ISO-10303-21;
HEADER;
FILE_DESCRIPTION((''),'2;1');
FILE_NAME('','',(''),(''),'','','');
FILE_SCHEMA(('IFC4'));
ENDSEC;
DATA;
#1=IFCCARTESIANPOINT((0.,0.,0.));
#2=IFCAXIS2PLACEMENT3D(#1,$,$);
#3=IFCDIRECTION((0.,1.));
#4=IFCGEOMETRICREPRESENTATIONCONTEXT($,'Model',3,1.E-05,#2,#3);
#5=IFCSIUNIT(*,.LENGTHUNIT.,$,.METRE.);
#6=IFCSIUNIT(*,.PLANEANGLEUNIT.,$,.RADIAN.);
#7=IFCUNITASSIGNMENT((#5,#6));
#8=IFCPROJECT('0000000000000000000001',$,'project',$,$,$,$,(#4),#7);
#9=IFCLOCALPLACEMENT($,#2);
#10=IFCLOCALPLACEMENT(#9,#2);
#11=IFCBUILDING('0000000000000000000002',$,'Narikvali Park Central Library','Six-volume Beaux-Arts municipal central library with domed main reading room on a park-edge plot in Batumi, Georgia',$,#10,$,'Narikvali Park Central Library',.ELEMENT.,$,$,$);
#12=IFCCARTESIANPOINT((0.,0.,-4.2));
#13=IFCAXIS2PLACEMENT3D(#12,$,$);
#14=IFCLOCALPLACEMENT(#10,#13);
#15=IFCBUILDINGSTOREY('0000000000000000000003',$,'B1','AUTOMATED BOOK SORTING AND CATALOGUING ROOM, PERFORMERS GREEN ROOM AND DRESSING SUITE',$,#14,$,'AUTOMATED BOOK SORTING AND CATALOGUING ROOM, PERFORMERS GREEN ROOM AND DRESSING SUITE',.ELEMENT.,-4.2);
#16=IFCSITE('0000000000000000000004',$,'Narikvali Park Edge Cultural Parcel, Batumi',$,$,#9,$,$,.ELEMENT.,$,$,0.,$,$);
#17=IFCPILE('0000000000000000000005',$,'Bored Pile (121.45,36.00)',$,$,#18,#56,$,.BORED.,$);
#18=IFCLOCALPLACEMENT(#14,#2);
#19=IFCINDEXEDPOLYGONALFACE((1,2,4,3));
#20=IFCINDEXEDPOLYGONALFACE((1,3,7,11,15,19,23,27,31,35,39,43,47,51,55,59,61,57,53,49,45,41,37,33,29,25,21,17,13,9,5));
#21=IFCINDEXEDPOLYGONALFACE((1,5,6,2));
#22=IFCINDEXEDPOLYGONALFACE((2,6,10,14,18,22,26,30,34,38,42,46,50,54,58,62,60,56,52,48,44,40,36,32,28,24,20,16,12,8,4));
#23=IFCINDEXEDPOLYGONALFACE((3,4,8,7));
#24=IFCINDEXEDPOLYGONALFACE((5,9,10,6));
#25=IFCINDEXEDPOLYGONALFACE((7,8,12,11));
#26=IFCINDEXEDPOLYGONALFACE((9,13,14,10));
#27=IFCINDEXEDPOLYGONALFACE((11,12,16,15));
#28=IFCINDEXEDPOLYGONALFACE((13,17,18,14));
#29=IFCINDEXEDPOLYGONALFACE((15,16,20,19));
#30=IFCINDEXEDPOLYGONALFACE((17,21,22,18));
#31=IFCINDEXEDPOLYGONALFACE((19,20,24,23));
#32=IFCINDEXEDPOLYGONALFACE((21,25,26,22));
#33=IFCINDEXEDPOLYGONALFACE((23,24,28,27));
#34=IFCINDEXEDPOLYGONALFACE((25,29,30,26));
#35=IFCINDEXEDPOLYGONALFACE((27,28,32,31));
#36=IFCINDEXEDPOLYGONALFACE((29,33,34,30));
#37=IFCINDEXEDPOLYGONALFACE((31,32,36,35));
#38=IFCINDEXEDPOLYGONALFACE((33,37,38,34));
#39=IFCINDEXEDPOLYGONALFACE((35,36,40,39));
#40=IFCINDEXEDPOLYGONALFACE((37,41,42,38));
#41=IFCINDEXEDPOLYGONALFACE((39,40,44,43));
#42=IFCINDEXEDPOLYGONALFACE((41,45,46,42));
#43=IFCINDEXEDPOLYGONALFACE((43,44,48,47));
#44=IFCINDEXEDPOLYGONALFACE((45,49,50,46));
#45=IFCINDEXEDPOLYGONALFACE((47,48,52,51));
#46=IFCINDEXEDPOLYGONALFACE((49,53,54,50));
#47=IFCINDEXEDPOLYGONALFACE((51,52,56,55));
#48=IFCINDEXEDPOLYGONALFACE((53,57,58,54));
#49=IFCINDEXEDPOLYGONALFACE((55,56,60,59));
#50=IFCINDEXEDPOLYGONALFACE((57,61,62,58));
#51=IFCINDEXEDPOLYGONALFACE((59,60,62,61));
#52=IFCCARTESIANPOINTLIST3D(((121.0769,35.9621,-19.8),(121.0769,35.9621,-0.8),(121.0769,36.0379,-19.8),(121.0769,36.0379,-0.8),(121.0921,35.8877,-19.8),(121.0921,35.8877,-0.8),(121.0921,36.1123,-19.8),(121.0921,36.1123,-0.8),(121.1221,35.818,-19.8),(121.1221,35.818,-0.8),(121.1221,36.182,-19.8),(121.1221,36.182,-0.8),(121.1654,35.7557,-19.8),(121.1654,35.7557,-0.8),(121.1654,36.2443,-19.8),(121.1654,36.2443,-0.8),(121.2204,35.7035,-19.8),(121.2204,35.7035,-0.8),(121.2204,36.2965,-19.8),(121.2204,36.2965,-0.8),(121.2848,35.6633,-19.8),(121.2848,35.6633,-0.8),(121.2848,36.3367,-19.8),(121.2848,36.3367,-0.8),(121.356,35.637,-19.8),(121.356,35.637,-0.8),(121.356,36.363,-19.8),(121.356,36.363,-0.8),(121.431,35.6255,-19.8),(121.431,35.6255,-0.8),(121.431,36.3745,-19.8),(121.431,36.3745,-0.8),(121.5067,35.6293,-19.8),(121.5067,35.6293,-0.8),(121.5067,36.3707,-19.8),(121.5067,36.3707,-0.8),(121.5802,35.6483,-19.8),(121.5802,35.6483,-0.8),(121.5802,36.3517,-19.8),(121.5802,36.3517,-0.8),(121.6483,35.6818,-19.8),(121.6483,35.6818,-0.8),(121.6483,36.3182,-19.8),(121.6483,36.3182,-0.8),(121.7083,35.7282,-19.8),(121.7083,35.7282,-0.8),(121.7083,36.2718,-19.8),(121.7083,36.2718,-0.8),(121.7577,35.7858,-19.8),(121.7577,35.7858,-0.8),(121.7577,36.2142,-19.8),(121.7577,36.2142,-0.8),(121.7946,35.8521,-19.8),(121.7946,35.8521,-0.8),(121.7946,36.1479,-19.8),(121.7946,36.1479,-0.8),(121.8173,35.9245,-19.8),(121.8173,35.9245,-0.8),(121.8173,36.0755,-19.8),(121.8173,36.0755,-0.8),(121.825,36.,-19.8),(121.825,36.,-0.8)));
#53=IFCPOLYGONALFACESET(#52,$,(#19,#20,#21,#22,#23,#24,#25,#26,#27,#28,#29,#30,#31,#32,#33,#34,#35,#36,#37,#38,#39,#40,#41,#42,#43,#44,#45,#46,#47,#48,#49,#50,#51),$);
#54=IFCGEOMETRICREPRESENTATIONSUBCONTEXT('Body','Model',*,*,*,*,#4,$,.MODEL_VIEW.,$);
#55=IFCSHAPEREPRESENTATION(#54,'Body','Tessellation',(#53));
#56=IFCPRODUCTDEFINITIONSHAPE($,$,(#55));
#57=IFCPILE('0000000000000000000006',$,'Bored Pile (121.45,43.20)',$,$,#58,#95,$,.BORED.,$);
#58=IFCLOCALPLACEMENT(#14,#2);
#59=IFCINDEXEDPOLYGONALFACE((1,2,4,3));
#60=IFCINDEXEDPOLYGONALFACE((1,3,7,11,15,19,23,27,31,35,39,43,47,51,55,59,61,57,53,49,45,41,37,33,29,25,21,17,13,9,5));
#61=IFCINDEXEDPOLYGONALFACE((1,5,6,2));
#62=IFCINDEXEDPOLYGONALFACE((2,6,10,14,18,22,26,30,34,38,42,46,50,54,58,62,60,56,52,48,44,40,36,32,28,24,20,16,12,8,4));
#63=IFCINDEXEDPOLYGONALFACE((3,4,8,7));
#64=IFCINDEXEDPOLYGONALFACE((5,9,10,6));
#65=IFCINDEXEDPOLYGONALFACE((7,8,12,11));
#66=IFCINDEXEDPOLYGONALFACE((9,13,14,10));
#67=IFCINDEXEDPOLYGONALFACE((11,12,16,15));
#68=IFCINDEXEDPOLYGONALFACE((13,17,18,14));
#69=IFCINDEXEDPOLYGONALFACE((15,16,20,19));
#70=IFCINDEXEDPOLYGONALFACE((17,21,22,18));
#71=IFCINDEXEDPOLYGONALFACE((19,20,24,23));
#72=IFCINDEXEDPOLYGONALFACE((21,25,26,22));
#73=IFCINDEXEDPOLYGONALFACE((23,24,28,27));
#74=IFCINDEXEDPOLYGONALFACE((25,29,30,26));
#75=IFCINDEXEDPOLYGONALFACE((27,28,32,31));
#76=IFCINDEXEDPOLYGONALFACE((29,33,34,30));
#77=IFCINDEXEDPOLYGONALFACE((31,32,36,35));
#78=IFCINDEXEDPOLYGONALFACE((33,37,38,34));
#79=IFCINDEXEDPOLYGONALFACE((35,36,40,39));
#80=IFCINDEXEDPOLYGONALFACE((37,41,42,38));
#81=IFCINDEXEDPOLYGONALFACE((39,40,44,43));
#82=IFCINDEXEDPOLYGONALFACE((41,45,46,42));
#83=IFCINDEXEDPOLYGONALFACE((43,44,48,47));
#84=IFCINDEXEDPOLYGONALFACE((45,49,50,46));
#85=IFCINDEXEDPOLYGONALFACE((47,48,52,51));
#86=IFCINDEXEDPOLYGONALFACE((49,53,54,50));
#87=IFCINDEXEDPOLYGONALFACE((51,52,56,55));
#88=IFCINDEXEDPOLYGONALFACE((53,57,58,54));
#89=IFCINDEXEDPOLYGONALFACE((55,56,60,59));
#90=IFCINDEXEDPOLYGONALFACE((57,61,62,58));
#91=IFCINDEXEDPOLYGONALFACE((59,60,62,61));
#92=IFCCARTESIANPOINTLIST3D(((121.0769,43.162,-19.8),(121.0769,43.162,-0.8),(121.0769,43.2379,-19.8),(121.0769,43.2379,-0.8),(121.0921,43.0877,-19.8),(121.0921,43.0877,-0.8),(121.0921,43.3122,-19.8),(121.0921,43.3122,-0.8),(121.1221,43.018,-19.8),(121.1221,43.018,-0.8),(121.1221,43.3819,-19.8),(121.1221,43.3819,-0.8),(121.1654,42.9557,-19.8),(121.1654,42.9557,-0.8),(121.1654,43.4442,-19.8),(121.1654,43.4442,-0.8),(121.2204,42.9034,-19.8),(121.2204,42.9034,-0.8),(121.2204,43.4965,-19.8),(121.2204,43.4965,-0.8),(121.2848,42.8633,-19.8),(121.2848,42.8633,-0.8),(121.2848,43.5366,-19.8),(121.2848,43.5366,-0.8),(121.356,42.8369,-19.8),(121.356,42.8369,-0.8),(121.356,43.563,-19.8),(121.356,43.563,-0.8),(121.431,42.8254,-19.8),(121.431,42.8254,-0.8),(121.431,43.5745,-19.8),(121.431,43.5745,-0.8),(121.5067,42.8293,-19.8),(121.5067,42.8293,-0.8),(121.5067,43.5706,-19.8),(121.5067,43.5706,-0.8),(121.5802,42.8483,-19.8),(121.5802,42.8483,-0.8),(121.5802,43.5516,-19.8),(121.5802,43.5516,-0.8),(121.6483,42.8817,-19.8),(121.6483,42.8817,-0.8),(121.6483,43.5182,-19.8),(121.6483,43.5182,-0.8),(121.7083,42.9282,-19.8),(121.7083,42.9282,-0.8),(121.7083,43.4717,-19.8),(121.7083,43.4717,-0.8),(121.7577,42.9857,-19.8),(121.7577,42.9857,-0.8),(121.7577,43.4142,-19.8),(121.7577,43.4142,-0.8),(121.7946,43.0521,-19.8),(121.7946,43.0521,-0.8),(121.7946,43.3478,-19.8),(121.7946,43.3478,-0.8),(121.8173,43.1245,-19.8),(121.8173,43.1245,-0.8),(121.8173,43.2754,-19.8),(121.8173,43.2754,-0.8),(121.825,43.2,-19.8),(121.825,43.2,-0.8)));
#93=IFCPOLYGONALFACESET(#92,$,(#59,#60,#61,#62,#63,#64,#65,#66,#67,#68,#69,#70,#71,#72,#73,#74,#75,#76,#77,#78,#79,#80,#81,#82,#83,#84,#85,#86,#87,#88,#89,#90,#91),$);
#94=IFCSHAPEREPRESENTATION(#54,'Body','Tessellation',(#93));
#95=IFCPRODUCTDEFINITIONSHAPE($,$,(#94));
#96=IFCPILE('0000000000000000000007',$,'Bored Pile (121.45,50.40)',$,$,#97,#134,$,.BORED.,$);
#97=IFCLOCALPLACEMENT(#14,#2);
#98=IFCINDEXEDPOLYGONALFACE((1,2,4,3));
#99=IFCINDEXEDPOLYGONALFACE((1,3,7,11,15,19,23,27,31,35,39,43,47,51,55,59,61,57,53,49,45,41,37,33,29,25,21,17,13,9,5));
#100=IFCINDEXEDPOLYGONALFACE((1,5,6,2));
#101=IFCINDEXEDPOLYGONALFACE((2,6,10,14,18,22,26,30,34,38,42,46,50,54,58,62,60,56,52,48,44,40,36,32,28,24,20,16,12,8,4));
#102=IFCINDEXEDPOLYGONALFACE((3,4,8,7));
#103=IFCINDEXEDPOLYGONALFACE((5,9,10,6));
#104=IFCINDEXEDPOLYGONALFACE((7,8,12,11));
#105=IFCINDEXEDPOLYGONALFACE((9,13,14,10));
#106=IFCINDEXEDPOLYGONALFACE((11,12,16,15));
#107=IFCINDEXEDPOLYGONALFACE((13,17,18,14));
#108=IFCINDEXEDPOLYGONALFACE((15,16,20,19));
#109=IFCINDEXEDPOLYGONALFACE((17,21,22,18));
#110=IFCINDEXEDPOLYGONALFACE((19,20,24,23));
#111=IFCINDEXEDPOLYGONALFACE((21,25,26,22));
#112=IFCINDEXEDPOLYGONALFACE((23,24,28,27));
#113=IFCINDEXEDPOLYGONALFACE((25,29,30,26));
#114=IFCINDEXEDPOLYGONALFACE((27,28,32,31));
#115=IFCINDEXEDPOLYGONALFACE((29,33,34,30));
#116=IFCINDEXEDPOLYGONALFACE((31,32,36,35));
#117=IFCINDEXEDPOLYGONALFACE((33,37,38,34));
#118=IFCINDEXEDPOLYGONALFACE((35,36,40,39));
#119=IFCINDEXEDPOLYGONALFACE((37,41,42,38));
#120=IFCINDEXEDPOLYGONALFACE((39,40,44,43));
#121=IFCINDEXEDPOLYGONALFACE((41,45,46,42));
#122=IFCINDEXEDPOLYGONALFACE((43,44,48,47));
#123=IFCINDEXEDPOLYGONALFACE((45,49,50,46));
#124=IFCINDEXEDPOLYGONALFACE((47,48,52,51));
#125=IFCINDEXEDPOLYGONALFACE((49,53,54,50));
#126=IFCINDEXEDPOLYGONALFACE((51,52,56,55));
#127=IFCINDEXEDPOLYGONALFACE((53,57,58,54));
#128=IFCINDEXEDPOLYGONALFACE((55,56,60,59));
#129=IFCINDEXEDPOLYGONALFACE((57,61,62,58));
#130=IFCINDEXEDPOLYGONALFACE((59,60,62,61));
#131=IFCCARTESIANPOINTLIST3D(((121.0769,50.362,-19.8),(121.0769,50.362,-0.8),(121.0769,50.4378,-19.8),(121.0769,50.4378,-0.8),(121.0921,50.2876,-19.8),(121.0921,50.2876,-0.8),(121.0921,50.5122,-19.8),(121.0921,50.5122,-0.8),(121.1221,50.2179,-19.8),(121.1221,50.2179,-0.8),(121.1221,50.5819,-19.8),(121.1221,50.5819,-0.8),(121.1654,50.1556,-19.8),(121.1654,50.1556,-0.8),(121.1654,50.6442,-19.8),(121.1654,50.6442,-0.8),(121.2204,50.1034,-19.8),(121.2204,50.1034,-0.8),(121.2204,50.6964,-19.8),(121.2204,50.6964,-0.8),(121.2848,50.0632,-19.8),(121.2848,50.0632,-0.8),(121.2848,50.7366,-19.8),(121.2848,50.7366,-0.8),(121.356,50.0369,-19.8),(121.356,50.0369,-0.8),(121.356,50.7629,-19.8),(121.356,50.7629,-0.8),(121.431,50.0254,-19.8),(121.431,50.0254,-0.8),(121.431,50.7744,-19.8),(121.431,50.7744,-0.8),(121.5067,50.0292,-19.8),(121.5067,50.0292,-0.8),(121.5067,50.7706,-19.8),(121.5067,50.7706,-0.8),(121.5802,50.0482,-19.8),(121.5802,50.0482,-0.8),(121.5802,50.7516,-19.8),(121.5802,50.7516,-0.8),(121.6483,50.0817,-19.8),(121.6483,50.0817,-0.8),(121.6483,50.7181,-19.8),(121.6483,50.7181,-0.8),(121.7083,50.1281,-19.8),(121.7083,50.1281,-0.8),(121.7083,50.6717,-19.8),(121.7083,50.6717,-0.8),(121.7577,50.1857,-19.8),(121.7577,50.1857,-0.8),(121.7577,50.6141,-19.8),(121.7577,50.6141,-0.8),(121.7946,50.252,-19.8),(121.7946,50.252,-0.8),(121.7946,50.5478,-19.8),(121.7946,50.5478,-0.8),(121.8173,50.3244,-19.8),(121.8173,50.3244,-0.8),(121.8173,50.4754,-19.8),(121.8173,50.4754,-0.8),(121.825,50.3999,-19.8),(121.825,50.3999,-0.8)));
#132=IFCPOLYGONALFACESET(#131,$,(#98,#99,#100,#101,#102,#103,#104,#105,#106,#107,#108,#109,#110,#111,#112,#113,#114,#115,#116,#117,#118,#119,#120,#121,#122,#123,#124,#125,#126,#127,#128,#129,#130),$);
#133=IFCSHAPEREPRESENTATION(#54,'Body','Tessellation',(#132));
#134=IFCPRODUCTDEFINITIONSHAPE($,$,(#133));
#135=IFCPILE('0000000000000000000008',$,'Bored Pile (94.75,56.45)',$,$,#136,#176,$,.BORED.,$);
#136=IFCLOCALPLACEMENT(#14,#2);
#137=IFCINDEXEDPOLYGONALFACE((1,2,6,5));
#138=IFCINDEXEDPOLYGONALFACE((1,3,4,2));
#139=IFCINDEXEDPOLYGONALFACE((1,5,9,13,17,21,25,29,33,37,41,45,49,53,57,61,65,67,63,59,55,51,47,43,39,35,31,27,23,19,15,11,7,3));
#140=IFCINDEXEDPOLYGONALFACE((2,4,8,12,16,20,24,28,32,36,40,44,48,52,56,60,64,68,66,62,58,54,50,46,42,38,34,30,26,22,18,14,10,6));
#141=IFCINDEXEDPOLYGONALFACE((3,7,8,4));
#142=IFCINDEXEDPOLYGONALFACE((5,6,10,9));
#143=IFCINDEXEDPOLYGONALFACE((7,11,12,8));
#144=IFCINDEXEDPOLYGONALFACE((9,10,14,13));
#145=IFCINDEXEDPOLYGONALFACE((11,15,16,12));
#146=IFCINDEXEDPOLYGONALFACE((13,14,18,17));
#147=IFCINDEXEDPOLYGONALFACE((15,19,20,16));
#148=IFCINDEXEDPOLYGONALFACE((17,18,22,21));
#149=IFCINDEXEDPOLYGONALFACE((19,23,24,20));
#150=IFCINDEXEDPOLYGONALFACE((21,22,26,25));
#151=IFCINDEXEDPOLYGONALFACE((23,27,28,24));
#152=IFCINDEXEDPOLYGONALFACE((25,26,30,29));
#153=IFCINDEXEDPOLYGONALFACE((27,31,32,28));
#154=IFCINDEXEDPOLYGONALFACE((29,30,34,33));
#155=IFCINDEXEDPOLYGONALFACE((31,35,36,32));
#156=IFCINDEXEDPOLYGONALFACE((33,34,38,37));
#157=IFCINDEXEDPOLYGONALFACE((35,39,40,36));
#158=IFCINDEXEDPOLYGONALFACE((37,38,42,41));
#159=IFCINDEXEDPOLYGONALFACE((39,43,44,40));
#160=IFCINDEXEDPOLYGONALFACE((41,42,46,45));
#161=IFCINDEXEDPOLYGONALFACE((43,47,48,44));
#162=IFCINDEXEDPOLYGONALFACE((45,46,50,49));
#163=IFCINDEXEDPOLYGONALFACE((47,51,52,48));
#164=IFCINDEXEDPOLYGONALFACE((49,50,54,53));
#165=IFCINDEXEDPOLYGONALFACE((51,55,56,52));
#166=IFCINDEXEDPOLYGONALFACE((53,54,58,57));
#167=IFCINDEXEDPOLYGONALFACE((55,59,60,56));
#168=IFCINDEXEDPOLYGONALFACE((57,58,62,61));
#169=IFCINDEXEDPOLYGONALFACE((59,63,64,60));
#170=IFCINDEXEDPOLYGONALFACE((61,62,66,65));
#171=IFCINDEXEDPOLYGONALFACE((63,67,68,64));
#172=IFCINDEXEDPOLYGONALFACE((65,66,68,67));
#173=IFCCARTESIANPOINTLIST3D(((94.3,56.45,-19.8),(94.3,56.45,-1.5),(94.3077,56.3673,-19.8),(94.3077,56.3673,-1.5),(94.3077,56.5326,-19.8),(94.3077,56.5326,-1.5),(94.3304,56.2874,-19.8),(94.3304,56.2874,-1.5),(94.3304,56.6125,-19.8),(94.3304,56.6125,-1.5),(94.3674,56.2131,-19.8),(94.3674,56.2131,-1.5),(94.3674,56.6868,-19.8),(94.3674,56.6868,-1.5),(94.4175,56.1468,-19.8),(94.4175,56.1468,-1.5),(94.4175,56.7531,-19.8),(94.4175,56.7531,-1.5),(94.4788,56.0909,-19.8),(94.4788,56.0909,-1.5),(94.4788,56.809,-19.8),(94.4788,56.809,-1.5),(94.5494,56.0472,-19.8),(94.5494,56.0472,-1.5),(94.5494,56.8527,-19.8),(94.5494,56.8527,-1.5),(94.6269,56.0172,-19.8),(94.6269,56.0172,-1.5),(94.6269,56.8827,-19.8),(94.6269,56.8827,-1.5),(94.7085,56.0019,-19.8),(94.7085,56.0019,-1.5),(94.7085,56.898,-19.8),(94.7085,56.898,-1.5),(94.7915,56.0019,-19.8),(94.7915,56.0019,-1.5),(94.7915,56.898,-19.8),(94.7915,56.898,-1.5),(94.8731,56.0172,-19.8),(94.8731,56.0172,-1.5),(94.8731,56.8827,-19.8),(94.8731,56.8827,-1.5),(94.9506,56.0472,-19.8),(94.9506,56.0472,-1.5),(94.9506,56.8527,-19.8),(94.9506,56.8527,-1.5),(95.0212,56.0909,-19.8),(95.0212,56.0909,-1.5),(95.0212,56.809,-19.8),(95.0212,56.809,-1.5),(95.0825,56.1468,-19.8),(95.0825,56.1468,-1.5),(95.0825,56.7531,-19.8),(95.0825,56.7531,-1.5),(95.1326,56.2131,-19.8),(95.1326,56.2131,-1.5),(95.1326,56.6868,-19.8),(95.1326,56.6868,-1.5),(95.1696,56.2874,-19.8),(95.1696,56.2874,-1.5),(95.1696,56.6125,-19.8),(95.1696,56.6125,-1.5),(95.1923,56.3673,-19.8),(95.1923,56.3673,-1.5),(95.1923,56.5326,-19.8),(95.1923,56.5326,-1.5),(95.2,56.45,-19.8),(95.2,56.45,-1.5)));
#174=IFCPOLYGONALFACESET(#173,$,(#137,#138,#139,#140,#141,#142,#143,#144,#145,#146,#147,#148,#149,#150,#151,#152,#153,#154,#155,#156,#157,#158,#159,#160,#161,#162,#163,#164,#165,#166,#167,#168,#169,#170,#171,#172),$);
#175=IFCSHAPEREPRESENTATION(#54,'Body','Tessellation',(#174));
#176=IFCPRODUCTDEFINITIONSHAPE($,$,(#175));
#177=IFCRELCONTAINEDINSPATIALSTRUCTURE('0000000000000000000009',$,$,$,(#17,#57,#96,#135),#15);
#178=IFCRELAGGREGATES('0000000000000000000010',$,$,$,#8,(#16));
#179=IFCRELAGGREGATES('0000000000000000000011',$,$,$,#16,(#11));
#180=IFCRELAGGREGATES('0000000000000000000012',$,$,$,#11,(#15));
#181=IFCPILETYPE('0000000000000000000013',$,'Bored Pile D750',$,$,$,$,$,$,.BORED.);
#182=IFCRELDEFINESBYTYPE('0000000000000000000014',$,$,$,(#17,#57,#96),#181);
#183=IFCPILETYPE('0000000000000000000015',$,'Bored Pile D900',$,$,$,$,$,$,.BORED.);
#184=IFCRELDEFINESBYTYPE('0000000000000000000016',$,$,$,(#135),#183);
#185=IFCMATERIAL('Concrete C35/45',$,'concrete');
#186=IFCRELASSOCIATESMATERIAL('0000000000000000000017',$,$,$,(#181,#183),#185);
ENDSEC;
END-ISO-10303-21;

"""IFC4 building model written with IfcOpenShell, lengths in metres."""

from ifc_helpers import new_model, si_unit, direction, frame, origin, origin_2d, place, context, subcontext, project, spatial, circle, extrude, material, material_profile, profile_set, type_object, element, save


model = new_model("IFC4")

# Units and contexts
model_context = context("Model", 3, precision=1e-05, world=origin(), true_north=direction((0.0, 1.0)))
body_context = subcontext(model_context, "Body", "Model", "MODEL_VIEW")
ifc_project = project(units=[si_unit("LENGTHUNIT", "METRE"), si_unit("PLANEANGLEUNIT", "RADIAN")], contexts=[model_context])

# Site, building, storey
site_placement = place(None, origin())
site = spatial("IfcSite", under=ifc_project, at=site_placement, Name="Narikvali Park Edge Cultural Parcel, Batumi", CompositionType="ELEMENT", RefElevation=0.0)
building_placement = place(site_placement, origin())
building = spatial("IfcBuilding", under=site, at=building_placement, Name="Narikvali Park Central Library", Description="Six-volume Beaux-Arts municipal central library with domed main reading room on a park-edge plot in Batumi, Georgia", LongName="Narikvali Park Central Library", CompositionType="ELEMENT")
storey_placement = place(building_placement, frame((0.0, 0.0, -4.2)))
storey = spatial("IfcBuildingStorey", under=building, at=storey_placement, Name="B1", Description="AUTOMATED BOOK SORTING AND CATALOGUING ROOM, PERFORMERS GREEN ROOM AND DRESSING SUITE", LongName="AUTOMATED BOOK SORTING AND CATALOGUING ROOM, PERFORMERS GREEN ROOM AND DRESSING SUITE", CompositionType="ELEMENT", Elevation=-4.2)

# Piles
ifc_material_1 = material(Name="Concrete C35/45", Category="concrete")
ifc_material_profile_1 = material_profile(ifc_material_1, circle(Radius=0.375, at=origin_2d()), Name="PILE D750")
ifc_profile_set_1 = profile_set([ifc_material_profile_1], Name="Concrete C35/45")
pile_type_1 = type_object("IfcPileType", Name="Bored Pile D750", PredefinedType="BORED", material=ifc_profile_set_1)
for number, where, z_axis, x_axis, name in (
    (1, (121.45, 36.0, -0.8), (0.0, 0.0, -1.0), (1.0, 0.0, 0.0), "Bored Pile (121.45,36.00)"),
    (2, (121.45, 43.2, -0.8), (0.0, 0.0, -1.0), (1.0, 0.0, 0.0), "Bored Pile (121.45,43.20)"),
    (3, (121.45, 50.3999, -0.8), (0.0, 0.0, -1.0), (1.0, 0.0, 0.0), "Bored Pile (121.45,50.40)"),
):
    element("IfcPile", number, at=place(storey_placement, frame(where, z_axis=z_axis, x_axis=x_axis)), inside=storey, type_object=pile_type_1, Name=name, PredefinedType="BORED", context=body_context, shape_type="SweptSolid", body=[
        extrude(circle(Radius=0.375, at=origin_2d()), origin(), (0.0, 0.0, 1.0), 19.0),
    ])
ifc_material_profile_2 = material_profile(ifc_material_1, circle(Radius=0.45, at=origin_2d()), Name="PILE D900")
ifc_profile_set_2 = profile_set([ifc_material_profile_2], Name="Concrete C35/45")
pile_type_2 = type_object("IfcPileType", Name="Bored Pile D900", PredefinedType="BORED", material=ifc_profile_set_2)
for number, where, z_axis, x_axis, name in (
    (4, (94.75, 56.45, -1.5), (0.0, 0.0, -1.0), (1.0, 0.0, 0.0), "Bored Pile (94.75,56.45)"),
):
    element("IfcPile", number, at=place(storey_placement, frame(where, z_axis=z_axis, x_axis=x_axis)), inside=storey, type_object=pile_type_2, Name=name, PredefinedType="BORED", context=body_context, shape_type="SweptSolid", body=[
        extrude(circle(Radius=0.45, at=origin_2d()), origin(), (0.0, 0.0, 1.0), 18.3),
    ])

save(model, "model.ifc")
